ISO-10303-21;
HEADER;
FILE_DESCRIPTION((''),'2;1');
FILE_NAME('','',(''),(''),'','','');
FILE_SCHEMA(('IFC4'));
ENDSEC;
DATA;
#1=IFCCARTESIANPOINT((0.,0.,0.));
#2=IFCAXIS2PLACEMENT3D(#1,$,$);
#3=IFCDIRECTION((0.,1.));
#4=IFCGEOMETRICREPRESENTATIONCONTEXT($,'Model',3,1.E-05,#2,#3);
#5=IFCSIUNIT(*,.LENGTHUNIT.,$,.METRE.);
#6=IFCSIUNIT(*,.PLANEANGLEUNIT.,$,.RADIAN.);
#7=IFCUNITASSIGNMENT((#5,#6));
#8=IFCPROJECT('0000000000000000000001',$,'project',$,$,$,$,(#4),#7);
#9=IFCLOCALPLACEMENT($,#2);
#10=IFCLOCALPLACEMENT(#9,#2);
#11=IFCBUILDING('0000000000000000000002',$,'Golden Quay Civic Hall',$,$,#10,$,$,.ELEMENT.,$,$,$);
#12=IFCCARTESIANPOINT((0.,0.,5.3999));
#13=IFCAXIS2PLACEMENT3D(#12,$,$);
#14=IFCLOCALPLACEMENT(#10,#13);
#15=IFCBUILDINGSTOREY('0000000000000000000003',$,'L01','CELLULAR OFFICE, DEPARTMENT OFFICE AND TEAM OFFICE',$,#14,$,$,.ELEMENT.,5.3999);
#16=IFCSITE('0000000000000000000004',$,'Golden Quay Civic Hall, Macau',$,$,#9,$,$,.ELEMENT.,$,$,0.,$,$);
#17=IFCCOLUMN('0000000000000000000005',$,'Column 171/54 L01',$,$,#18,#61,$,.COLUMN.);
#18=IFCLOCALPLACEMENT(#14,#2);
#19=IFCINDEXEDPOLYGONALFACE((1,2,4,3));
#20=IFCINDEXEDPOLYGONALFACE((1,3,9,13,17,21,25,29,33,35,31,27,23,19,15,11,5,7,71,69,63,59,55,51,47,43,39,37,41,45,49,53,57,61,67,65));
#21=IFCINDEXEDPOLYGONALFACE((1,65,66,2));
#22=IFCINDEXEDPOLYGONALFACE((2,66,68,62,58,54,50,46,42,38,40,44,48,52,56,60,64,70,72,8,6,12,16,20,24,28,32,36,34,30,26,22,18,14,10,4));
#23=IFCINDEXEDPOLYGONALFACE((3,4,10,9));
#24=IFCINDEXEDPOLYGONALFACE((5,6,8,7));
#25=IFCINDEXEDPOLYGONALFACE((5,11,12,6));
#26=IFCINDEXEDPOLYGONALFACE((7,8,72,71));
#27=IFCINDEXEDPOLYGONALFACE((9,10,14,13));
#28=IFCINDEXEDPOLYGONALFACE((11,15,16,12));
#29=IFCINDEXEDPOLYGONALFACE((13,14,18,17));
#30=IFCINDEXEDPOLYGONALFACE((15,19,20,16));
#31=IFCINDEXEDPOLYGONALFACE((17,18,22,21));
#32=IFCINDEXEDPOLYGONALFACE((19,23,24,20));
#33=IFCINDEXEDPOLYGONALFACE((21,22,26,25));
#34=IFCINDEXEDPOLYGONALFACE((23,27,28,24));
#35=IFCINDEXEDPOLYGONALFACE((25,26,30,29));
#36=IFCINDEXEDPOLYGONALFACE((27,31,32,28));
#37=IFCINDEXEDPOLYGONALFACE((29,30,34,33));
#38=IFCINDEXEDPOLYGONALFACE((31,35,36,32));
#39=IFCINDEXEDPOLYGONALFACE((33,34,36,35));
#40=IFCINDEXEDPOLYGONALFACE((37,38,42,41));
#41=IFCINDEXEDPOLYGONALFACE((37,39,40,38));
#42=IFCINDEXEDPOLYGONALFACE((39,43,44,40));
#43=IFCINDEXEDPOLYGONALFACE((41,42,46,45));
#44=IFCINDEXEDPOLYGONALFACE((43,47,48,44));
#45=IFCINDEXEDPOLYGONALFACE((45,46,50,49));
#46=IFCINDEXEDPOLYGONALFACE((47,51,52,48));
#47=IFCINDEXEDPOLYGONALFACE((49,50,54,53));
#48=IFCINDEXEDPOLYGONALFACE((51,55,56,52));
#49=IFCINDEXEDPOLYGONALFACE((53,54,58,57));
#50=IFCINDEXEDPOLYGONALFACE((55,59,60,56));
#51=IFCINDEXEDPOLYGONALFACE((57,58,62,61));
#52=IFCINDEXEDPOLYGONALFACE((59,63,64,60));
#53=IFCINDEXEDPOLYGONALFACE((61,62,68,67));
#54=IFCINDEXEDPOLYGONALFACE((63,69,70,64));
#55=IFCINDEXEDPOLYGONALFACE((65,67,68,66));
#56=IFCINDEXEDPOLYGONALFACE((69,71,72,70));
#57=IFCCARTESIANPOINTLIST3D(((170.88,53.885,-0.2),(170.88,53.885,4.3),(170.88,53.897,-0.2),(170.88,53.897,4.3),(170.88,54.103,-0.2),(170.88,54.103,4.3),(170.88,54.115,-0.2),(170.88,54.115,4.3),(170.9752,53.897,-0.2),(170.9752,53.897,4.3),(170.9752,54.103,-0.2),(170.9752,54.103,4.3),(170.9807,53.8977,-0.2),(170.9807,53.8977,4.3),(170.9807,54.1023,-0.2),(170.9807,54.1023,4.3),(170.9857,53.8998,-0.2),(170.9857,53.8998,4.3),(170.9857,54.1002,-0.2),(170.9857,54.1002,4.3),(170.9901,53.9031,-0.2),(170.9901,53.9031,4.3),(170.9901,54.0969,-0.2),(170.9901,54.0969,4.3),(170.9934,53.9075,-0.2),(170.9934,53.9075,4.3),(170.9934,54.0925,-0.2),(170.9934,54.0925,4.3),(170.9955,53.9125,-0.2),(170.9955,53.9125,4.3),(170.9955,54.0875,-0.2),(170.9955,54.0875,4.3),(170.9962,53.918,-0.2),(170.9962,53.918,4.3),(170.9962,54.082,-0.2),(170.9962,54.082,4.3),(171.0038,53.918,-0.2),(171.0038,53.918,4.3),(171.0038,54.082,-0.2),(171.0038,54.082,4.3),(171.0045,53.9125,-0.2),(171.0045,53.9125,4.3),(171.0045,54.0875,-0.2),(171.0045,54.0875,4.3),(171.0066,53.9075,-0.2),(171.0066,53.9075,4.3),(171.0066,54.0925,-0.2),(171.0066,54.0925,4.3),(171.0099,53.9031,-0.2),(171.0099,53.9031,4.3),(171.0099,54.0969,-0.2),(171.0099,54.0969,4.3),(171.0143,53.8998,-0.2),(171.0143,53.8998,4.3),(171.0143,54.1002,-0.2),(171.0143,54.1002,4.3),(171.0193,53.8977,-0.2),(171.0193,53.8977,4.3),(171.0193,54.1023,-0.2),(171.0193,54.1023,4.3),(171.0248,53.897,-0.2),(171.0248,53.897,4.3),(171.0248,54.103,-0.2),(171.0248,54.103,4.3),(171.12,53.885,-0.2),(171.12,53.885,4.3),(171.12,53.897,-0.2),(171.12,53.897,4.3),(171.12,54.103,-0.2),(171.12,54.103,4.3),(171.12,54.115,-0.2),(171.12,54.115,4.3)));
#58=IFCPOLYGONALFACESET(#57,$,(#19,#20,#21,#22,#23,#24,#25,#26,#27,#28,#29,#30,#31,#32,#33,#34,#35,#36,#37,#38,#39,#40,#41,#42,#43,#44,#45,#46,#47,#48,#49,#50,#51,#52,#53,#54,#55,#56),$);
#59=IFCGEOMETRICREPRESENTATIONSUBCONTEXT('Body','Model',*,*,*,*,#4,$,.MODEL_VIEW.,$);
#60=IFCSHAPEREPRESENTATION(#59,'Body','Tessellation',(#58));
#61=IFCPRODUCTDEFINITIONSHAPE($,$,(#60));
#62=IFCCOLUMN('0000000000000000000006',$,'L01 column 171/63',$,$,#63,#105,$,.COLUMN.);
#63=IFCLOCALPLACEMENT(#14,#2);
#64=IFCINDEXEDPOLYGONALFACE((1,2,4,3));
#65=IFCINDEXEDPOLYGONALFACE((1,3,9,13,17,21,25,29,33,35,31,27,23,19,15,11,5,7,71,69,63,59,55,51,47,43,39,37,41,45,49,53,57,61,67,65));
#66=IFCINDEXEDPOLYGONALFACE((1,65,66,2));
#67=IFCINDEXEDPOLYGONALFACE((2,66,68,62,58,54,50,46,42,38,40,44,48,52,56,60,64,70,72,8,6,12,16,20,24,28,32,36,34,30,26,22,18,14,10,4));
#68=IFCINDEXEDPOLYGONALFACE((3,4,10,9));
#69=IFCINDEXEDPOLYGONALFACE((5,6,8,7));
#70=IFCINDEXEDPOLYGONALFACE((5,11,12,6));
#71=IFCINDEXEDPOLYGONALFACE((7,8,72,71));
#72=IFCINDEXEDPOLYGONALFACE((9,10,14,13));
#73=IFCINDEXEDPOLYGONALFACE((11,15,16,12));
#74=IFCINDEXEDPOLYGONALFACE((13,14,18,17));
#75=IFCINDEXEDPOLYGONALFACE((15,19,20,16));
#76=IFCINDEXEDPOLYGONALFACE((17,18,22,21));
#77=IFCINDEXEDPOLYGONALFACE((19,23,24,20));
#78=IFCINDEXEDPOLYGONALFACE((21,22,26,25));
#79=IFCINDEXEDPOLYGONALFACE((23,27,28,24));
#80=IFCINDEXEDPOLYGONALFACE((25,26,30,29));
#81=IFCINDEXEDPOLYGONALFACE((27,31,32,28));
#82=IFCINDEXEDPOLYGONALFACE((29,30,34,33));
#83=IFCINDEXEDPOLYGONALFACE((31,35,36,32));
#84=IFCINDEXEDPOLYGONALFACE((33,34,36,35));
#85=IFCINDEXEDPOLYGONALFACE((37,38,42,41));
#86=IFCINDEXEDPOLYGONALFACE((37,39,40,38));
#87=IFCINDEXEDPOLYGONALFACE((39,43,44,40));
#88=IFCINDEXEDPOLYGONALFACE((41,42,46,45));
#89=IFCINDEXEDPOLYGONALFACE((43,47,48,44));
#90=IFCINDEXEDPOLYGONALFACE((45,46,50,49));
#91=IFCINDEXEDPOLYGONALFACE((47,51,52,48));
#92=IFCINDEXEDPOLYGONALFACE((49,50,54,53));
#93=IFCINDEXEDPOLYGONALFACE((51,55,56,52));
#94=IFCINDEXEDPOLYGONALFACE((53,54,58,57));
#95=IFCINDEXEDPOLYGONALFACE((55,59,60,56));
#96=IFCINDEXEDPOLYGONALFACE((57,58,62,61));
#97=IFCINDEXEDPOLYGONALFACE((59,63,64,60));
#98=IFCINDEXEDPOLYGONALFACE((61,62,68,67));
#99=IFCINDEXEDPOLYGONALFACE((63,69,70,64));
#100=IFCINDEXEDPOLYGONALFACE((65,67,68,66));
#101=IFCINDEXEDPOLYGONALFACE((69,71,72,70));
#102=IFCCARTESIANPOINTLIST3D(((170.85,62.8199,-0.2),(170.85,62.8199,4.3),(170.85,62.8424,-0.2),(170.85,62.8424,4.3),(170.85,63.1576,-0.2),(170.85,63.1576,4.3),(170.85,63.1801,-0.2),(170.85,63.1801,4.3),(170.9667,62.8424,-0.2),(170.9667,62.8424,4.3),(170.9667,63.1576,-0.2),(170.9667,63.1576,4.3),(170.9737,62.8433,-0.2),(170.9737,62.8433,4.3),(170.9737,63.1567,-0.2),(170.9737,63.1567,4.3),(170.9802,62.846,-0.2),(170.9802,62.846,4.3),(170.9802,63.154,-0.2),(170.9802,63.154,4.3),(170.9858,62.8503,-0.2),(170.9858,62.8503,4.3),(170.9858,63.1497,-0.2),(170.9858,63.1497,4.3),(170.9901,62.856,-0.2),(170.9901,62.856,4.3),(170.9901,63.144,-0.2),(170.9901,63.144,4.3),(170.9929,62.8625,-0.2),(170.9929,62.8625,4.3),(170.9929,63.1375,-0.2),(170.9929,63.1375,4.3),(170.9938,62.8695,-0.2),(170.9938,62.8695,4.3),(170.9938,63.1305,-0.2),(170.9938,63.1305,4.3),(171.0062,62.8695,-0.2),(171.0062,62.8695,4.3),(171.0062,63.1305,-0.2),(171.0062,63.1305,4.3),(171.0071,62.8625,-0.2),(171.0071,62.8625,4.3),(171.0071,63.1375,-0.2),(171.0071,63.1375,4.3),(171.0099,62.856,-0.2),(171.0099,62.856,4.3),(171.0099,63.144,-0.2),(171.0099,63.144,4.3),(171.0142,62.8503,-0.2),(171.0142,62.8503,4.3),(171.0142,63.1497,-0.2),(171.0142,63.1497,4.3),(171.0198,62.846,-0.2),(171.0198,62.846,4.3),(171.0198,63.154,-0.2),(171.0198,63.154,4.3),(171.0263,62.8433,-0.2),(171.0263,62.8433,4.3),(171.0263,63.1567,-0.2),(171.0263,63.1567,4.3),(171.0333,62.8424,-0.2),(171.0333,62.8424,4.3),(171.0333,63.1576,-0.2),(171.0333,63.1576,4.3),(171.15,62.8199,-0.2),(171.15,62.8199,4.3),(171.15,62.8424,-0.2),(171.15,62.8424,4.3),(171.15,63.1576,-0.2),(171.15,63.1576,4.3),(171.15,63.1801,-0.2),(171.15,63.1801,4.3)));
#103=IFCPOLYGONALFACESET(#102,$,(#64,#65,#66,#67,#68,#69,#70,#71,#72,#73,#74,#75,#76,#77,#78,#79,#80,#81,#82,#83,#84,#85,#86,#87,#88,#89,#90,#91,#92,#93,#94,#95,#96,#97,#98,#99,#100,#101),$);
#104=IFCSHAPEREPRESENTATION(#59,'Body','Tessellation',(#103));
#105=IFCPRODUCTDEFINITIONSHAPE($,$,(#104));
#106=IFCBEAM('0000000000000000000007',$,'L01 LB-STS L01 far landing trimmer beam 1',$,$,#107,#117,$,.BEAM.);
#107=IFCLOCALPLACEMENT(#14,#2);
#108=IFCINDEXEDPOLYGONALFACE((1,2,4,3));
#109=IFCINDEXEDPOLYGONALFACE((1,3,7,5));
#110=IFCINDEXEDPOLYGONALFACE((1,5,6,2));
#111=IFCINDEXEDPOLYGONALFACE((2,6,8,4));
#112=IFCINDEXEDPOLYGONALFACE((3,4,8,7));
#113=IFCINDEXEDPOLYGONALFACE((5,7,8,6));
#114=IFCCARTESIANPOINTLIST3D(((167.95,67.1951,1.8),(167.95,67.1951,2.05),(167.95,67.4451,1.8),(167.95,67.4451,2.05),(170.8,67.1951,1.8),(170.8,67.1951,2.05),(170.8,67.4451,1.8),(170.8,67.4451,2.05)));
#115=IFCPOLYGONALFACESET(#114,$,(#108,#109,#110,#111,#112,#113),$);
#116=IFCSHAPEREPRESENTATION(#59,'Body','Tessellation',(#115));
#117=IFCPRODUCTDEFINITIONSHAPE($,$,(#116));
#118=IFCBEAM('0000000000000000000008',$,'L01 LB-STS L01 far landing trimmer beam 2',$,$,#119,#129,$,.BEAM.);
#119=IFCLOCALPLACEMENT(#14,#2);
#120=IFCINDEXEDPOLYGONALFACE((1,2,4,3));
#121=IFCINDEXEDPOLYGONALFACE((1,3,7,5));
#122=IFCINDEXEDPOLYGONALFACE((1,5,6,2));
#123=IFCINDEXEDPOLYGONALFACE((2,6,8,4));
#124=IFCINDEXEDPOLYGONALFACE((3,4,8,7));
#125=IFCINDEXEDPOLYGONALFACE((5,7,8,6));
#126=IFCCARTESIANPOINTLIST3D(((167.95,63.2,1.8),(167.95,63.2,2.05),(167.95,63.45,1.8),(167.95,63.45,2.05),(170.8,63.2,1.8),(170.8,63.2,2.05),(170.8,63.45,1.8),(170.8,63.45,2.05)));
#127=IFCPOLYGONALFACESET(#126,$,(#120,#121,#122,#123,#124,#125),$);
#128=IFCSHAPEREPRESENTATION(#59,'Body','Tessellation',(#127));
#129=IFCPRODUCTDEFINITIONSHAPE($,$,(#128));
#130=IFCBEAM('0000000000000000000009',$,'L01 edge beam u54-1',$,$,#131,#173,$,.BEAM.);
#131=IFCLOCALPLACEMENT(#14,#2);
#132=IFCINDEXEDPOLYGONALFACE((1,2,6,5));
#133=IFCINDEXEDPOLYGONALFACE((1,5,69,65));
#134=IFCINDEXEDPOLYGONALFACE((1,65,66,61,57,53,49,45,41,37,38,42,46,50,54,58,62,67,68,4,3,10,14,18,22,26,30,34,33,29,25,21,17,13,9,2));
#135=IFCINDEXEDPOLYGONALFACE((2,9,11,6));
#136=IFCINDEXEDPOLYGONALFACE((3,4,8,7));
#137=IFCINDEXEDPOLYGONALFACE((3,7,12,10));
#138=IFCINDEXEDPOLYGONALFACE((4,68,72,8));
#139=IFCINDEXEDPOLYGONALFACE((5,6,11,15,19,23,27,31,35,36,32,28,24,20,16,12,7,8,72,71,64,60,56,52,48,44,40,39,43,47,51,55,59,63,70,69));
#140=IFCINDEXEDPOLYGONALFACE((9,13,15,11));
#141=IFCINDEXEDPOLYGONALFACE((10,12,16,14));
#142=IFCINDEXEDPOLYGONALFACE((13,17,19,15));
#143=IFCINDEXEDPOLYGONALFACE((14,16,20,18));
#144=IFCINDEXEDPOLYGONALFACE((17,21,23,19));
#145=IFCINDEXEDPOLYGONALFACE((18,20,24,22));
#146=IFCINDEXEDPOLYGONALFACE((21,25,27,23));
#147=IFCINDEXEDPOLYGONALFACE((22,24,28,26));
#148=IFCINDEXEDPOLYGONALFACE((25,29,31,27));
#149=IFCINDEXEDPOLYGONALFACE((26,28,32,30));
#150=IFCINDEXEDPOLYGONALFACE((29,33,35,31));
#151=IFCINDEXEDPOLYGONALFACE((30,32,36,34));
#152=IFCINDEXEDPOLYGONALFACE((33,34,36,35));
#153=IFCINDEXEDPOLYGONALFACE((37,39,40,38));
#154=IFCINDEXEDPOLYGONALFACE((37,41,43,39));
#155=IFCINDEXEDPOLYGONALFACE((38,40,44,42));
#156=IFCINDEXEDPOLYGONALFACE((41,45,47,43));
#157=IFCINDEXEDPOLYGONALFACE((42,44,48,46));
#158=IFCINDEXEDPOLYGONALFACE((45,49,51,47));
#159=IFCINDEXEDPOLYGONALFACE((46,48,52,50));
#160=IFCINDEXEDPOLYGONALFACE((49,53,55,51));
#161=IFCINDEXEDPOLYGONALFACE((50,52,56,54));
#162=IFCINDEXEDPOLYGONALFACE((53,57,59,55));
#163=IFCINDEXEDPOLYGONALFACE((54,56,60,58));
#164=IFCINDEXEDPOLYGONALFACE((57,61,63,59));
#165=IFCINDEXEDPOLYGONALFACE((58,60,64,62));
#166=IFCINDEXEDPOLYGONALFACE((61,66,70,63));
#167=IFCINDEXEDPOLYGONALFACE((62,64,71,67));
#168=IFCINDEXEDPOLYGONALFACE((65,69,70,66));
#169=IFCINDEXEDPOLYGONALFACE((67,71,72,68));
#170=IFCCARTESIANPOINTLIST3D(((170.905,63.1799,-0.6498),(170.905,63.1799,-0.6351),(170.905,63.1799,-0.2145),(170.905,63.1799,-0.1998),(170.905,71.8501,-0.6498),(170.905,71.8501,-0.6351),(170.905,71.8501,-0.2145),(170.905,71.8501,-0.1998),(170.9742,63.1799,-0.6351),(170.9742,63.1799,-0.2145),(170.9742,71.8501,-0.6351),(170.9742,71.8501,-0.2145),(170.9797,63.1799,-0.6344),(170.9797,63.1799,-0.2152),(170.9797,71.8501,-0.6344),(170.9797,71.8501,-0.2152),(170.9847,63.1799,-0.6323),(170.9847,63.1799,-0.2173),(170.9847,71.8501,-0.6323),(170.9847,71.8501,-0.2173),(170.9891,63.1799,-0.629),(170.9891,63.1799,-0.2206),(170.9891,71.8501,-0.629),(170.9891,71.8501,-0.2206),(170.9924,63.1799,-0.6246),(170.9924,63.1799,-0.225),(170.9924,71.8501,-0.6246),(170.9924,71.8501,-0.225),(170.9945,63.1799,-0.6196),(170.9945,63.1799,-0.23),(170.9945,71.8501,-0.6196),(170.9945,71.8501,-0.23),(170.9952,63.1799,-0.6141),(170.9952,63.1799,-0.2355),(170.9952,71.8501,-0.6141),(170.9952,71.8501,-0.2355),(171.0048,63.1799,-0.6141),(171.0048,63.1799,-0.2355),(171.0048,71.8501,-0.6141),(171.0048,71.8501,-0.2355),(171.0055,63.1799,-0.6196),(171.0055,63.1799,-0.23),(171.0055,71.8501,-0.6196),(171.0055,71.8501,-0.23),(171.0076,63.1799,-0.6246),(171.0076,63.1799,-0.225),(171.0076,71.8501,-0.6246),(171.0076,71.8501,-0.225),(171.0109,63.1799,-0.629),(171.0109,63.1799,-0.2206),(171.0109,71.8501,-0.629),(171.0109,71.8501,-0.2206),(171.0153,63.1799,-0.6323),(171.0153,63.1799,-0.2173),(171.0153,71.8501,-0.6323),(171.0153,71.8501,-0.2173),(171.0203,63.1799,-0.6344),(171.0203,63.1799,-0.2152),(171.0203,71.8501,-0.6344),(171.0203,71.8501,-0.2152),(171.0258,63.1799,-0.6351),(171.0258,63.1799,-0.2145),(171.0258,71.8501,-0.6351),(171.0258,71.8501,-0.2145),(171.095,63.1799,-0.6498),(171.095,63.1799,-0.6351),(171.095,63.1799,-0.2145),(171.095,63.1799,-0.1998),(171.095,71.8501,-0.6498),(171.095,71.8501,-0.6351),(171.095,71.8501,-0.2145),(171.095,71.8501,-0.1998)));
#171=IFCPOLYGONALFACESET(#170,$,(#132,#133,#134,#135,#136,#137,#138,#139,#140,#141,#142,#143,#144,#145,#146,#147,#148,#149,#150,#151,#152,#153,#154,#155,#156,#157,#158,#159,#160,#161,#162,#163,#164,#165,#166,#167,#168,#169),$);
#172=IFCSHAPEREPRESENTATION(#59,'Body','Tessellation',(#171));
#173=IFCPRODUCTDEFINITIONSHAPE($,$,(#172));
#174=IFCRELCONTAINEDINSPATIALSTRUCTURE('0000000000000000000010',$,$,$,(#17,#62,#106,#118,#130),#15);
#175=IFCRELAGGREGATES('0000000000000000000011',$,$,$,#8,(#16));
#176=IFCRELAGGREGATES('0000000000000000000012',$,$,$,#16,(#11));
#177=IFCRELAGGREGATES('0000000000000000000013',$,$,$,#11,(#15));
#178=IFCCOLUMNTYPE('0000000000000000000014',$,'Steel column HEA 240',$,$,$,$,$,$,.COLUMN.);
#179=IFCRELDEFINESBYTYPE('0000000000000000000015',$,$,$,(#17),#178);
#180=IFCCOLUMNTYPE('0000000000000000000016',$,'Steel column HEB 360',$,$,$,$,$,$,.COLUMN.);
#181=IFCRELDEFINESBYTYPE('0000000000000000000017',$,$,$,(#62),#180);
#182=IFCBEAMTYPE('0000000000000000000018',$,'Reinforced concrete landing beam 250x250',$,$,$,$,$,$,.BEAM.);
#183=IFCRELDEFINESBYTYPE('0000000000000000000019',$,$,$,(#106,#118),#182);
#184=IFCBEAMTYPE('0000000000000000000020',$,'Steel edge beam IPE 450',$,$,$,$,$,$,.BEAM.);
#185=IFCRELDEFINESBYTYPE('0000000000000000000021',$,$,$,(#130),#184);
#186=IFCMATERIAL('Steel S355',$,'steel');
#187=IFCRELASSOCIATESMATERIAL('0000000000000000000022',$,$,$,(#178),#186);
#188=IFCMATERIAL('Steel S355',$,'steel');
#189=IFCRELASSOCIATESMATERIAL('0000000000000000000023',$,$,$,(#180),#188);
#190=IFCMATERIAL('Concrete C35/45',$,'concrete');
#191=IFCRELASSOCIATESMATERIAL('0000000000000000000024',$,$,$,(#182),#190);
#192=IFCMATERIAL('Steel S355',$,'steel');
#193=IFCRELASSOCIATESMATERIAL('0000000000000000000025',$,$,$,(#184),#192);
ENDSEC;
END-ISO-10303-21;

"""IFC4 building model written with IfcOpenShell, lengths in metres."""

from ifc_helpers import new_model, si_unit, direction, frame, origin, origin_2d, place, context, subcontext, project, spatial, rectangle, i_section, extrude, material, material_profile, profile_set, type_object, element, save


model = new_model("IFC4")

# Units and contexts
model_context = context("Model", 3, precision=1e-05, world=origin(), true_north=direction((0.0, 1.0)))
body_context = subcontext(model_context, "Body", "Model", "MODEL_VIEW")
ifc_project = project(units=[si_unit("LENGTHUNIT", "METRE"), si_unit("PLANEANGLEUNIT", "RADIAN")], contexts=[model_context])

# Site, building, storey
site_placement = place(None, origin())
site = spatial("IfcSite", under=ifc_project, at=site_placement, Name="Golden Quay Civic Hall, Macau", CompositionType="ELEMENT", RefElevation=0.0)
building_placement = place(site_placement, origin())
building = spatial("IfcBuilding", under=site, at=building_placement, Name="Golden Quay Civic Hall", CompositionType="ELEMENT")
storey_placement = place(building_placement, frame((0.0, 0.0, 5.3999)))
storey = spatial("IfcBuildingStorey", under=building, at=storey_placement, Name="L01", Description="CELLULAR OFFICE, DEPARTMENT OFFICE AND TEAM OFFICE", CompositionType="ELEMENT", Elevation=5.3999)

# Columns
ifc_material_1 = material(Name="Steel S355", Category="steel")
ifc_material_profile_1 = material_profile(ifc_material_1, i_section(OverallWidth=0.24, OverallDepth=0.23, WebThickness=0.0076, FlangeThickness=0.012, FilletRadius=0.021, at=origin_2d()), Name="HEA 240")
ifc_profile_set_1 = profile_set([ifc_material_profile_1], Name="Steel S355")
column_type_1 = type_object("IfcColumnType", Name="Steel column HEA 240", PredefinedType="COLUMN", material=ifc_profile_set_1)
column_1_placement = place(storey_placement, frame((171.0, 54.0, -0.2), z_axis=(0.0, 0.0, 1.0), x_axis=(1.0, 0.0, 0.0)))
element("IfcColumn", 1, at=column_1_placement, inside=storey, type_object=column_type_1, Name="Column 171/54 L01", PredefinedType="COLUMN", context=body_context, shape_type="SweptSolid", body=[
    extrude(i_section(OverallWidth=0.24, OverallDepth=0.23, WebThickness=0.0076, FlangeThickness=0.012, FilletRadius=0.021, at=origin_2d()), origin(), (0.0, 0.0, 1.0), 4.5),
])
ifc_material_2 = material(Name="Steel S355", Category="steel")
ifc_material_profile_2 = material_profile(ifc_material_2, i_section(OverallWidth=0.3, OverallDepth=0.3601, WebThickness=0.0125, FlangeThickness=0.0225, FilletRadius=0.0271, at=origin_2d()), Name="HEB 360")
ifc_profile_set_2 = profile_set([ifc_material_profile_2], Name="Steel S355")
column_type_2 = type_object("IfcColumnType", Name="Steel column HEB 360", PredefinedType="COLUMN", material=ifc_profile_set_2)
column_2_placement = place(storey_placement, frame((171.0, 63.0, -0.2), z_axis=(0.0, 0.0, 1.0), x_axis=(1.0, 0.0, 0.0)))
element("IfcColumn", 2, at=column_2_placement, inside=storey, type_object=column_type_2, Name="L01 column 171/63", PredefinedType="COLUMN", context=body_context, shape_type="SweptSolid", body=[
    extrude(i_section(OverallWidth=0.3, OverallDepth=0.3601, WebThickness=0.0125, FlangeThickness=0.0225, FilletRadius=0.0271, at=origin_2d()), origin(), (0.0, 0.0, 1.0), 4.5),
])

# Beams
ifc_material_3 = material(Name="Concrete C35/45", Category="concrete")
ifc_material_profile_3 = material_profile(ifc_material_3, rectangle(XDim=0.25, YDim=0.25, at=origin_2d()), Name="RC 250x250")
ifc_profile_set_3 = profile_set([ifc_material_profile_3], Name="Concrete C35/45")
beam_type_1 = type_object("IfcBeamType", Name="Reinforced concrete landing beam 250x250", PredefinedType="BEAM", material=ifc_profile_set_3)
for number, where, z_axis, x_axis, name in (
    (3, (167.95, 67.3201, 1.925), (1.0, 0.0, 0.0), (0.0, 1.0, 0.0), "L01 LB-STS L01 far landing trimmer beam 1"),
    (4, (167.95, 63.325, 1.925), (1.0, 0.0, 0.0), (0.0, 1.0, 0.0), "L01 LB-STS L01 far landing trimmer beam 2"),
):
    element("IfcBeam", number, at=place(storey_placement, frame(where, z_axis=z_axis, x_axis=x_axis)), inside=storey, type_object=beam_type_1, Name=name, PredefinedType="BEAM", context=body_context, shape_type="SweptSolid", body=[
        extrude(rectangle(XDim=0.25, YDim=0.25, at=origin_2d()), origin(), (0.0, 0.0, 1.0), 2.8501),
    ])
ifc_material_4 = material(Name="Steel S355", Category="steel")
ifc_material_profile_4 = material_profile(ifc_material_4, i_section(OverallWidth=0.1899, OverallDepth=0.45, WebThickness=0.0095, FlangeThickness=0.0146, FilletRadius=0.021, at=origin_2d()), Name="IPE 450")
ifc_profile_set_4 = profile_set([ifc_material_profile_4], Name="Steel S355")
beam_type_2 = type_object("IfcBeamType", Name="Steel edge beam IPE 450", PredefinedType="BEAM", material=ifc_profile_set_4)
beam_placement = place(storey_placement, frame((171.0, 63.1799, -0.4248), z_axis=(0.0, 1.0, 0.0), x_axis=(-1.0, 0.0, 0.0)))
element("IfcBeam", 5, at=beam_placement, inside=storey, type_object=beam_type_2, Name="L01 edge beam u54-1", PredefinedType="BEAM", context=body_context, shape_type="SweptSolid", body=[
    extrude(i_section(OverallWidth=0.1899, OverallDepth=0.45, WebThickness=0.0095, FlangeThickness=0.0146, FilletRadius=0.021, at=origin_2d()), origin(), (0.0, 0.0, 1.0), 8.6702),
])

save(model, "model.ifc")
